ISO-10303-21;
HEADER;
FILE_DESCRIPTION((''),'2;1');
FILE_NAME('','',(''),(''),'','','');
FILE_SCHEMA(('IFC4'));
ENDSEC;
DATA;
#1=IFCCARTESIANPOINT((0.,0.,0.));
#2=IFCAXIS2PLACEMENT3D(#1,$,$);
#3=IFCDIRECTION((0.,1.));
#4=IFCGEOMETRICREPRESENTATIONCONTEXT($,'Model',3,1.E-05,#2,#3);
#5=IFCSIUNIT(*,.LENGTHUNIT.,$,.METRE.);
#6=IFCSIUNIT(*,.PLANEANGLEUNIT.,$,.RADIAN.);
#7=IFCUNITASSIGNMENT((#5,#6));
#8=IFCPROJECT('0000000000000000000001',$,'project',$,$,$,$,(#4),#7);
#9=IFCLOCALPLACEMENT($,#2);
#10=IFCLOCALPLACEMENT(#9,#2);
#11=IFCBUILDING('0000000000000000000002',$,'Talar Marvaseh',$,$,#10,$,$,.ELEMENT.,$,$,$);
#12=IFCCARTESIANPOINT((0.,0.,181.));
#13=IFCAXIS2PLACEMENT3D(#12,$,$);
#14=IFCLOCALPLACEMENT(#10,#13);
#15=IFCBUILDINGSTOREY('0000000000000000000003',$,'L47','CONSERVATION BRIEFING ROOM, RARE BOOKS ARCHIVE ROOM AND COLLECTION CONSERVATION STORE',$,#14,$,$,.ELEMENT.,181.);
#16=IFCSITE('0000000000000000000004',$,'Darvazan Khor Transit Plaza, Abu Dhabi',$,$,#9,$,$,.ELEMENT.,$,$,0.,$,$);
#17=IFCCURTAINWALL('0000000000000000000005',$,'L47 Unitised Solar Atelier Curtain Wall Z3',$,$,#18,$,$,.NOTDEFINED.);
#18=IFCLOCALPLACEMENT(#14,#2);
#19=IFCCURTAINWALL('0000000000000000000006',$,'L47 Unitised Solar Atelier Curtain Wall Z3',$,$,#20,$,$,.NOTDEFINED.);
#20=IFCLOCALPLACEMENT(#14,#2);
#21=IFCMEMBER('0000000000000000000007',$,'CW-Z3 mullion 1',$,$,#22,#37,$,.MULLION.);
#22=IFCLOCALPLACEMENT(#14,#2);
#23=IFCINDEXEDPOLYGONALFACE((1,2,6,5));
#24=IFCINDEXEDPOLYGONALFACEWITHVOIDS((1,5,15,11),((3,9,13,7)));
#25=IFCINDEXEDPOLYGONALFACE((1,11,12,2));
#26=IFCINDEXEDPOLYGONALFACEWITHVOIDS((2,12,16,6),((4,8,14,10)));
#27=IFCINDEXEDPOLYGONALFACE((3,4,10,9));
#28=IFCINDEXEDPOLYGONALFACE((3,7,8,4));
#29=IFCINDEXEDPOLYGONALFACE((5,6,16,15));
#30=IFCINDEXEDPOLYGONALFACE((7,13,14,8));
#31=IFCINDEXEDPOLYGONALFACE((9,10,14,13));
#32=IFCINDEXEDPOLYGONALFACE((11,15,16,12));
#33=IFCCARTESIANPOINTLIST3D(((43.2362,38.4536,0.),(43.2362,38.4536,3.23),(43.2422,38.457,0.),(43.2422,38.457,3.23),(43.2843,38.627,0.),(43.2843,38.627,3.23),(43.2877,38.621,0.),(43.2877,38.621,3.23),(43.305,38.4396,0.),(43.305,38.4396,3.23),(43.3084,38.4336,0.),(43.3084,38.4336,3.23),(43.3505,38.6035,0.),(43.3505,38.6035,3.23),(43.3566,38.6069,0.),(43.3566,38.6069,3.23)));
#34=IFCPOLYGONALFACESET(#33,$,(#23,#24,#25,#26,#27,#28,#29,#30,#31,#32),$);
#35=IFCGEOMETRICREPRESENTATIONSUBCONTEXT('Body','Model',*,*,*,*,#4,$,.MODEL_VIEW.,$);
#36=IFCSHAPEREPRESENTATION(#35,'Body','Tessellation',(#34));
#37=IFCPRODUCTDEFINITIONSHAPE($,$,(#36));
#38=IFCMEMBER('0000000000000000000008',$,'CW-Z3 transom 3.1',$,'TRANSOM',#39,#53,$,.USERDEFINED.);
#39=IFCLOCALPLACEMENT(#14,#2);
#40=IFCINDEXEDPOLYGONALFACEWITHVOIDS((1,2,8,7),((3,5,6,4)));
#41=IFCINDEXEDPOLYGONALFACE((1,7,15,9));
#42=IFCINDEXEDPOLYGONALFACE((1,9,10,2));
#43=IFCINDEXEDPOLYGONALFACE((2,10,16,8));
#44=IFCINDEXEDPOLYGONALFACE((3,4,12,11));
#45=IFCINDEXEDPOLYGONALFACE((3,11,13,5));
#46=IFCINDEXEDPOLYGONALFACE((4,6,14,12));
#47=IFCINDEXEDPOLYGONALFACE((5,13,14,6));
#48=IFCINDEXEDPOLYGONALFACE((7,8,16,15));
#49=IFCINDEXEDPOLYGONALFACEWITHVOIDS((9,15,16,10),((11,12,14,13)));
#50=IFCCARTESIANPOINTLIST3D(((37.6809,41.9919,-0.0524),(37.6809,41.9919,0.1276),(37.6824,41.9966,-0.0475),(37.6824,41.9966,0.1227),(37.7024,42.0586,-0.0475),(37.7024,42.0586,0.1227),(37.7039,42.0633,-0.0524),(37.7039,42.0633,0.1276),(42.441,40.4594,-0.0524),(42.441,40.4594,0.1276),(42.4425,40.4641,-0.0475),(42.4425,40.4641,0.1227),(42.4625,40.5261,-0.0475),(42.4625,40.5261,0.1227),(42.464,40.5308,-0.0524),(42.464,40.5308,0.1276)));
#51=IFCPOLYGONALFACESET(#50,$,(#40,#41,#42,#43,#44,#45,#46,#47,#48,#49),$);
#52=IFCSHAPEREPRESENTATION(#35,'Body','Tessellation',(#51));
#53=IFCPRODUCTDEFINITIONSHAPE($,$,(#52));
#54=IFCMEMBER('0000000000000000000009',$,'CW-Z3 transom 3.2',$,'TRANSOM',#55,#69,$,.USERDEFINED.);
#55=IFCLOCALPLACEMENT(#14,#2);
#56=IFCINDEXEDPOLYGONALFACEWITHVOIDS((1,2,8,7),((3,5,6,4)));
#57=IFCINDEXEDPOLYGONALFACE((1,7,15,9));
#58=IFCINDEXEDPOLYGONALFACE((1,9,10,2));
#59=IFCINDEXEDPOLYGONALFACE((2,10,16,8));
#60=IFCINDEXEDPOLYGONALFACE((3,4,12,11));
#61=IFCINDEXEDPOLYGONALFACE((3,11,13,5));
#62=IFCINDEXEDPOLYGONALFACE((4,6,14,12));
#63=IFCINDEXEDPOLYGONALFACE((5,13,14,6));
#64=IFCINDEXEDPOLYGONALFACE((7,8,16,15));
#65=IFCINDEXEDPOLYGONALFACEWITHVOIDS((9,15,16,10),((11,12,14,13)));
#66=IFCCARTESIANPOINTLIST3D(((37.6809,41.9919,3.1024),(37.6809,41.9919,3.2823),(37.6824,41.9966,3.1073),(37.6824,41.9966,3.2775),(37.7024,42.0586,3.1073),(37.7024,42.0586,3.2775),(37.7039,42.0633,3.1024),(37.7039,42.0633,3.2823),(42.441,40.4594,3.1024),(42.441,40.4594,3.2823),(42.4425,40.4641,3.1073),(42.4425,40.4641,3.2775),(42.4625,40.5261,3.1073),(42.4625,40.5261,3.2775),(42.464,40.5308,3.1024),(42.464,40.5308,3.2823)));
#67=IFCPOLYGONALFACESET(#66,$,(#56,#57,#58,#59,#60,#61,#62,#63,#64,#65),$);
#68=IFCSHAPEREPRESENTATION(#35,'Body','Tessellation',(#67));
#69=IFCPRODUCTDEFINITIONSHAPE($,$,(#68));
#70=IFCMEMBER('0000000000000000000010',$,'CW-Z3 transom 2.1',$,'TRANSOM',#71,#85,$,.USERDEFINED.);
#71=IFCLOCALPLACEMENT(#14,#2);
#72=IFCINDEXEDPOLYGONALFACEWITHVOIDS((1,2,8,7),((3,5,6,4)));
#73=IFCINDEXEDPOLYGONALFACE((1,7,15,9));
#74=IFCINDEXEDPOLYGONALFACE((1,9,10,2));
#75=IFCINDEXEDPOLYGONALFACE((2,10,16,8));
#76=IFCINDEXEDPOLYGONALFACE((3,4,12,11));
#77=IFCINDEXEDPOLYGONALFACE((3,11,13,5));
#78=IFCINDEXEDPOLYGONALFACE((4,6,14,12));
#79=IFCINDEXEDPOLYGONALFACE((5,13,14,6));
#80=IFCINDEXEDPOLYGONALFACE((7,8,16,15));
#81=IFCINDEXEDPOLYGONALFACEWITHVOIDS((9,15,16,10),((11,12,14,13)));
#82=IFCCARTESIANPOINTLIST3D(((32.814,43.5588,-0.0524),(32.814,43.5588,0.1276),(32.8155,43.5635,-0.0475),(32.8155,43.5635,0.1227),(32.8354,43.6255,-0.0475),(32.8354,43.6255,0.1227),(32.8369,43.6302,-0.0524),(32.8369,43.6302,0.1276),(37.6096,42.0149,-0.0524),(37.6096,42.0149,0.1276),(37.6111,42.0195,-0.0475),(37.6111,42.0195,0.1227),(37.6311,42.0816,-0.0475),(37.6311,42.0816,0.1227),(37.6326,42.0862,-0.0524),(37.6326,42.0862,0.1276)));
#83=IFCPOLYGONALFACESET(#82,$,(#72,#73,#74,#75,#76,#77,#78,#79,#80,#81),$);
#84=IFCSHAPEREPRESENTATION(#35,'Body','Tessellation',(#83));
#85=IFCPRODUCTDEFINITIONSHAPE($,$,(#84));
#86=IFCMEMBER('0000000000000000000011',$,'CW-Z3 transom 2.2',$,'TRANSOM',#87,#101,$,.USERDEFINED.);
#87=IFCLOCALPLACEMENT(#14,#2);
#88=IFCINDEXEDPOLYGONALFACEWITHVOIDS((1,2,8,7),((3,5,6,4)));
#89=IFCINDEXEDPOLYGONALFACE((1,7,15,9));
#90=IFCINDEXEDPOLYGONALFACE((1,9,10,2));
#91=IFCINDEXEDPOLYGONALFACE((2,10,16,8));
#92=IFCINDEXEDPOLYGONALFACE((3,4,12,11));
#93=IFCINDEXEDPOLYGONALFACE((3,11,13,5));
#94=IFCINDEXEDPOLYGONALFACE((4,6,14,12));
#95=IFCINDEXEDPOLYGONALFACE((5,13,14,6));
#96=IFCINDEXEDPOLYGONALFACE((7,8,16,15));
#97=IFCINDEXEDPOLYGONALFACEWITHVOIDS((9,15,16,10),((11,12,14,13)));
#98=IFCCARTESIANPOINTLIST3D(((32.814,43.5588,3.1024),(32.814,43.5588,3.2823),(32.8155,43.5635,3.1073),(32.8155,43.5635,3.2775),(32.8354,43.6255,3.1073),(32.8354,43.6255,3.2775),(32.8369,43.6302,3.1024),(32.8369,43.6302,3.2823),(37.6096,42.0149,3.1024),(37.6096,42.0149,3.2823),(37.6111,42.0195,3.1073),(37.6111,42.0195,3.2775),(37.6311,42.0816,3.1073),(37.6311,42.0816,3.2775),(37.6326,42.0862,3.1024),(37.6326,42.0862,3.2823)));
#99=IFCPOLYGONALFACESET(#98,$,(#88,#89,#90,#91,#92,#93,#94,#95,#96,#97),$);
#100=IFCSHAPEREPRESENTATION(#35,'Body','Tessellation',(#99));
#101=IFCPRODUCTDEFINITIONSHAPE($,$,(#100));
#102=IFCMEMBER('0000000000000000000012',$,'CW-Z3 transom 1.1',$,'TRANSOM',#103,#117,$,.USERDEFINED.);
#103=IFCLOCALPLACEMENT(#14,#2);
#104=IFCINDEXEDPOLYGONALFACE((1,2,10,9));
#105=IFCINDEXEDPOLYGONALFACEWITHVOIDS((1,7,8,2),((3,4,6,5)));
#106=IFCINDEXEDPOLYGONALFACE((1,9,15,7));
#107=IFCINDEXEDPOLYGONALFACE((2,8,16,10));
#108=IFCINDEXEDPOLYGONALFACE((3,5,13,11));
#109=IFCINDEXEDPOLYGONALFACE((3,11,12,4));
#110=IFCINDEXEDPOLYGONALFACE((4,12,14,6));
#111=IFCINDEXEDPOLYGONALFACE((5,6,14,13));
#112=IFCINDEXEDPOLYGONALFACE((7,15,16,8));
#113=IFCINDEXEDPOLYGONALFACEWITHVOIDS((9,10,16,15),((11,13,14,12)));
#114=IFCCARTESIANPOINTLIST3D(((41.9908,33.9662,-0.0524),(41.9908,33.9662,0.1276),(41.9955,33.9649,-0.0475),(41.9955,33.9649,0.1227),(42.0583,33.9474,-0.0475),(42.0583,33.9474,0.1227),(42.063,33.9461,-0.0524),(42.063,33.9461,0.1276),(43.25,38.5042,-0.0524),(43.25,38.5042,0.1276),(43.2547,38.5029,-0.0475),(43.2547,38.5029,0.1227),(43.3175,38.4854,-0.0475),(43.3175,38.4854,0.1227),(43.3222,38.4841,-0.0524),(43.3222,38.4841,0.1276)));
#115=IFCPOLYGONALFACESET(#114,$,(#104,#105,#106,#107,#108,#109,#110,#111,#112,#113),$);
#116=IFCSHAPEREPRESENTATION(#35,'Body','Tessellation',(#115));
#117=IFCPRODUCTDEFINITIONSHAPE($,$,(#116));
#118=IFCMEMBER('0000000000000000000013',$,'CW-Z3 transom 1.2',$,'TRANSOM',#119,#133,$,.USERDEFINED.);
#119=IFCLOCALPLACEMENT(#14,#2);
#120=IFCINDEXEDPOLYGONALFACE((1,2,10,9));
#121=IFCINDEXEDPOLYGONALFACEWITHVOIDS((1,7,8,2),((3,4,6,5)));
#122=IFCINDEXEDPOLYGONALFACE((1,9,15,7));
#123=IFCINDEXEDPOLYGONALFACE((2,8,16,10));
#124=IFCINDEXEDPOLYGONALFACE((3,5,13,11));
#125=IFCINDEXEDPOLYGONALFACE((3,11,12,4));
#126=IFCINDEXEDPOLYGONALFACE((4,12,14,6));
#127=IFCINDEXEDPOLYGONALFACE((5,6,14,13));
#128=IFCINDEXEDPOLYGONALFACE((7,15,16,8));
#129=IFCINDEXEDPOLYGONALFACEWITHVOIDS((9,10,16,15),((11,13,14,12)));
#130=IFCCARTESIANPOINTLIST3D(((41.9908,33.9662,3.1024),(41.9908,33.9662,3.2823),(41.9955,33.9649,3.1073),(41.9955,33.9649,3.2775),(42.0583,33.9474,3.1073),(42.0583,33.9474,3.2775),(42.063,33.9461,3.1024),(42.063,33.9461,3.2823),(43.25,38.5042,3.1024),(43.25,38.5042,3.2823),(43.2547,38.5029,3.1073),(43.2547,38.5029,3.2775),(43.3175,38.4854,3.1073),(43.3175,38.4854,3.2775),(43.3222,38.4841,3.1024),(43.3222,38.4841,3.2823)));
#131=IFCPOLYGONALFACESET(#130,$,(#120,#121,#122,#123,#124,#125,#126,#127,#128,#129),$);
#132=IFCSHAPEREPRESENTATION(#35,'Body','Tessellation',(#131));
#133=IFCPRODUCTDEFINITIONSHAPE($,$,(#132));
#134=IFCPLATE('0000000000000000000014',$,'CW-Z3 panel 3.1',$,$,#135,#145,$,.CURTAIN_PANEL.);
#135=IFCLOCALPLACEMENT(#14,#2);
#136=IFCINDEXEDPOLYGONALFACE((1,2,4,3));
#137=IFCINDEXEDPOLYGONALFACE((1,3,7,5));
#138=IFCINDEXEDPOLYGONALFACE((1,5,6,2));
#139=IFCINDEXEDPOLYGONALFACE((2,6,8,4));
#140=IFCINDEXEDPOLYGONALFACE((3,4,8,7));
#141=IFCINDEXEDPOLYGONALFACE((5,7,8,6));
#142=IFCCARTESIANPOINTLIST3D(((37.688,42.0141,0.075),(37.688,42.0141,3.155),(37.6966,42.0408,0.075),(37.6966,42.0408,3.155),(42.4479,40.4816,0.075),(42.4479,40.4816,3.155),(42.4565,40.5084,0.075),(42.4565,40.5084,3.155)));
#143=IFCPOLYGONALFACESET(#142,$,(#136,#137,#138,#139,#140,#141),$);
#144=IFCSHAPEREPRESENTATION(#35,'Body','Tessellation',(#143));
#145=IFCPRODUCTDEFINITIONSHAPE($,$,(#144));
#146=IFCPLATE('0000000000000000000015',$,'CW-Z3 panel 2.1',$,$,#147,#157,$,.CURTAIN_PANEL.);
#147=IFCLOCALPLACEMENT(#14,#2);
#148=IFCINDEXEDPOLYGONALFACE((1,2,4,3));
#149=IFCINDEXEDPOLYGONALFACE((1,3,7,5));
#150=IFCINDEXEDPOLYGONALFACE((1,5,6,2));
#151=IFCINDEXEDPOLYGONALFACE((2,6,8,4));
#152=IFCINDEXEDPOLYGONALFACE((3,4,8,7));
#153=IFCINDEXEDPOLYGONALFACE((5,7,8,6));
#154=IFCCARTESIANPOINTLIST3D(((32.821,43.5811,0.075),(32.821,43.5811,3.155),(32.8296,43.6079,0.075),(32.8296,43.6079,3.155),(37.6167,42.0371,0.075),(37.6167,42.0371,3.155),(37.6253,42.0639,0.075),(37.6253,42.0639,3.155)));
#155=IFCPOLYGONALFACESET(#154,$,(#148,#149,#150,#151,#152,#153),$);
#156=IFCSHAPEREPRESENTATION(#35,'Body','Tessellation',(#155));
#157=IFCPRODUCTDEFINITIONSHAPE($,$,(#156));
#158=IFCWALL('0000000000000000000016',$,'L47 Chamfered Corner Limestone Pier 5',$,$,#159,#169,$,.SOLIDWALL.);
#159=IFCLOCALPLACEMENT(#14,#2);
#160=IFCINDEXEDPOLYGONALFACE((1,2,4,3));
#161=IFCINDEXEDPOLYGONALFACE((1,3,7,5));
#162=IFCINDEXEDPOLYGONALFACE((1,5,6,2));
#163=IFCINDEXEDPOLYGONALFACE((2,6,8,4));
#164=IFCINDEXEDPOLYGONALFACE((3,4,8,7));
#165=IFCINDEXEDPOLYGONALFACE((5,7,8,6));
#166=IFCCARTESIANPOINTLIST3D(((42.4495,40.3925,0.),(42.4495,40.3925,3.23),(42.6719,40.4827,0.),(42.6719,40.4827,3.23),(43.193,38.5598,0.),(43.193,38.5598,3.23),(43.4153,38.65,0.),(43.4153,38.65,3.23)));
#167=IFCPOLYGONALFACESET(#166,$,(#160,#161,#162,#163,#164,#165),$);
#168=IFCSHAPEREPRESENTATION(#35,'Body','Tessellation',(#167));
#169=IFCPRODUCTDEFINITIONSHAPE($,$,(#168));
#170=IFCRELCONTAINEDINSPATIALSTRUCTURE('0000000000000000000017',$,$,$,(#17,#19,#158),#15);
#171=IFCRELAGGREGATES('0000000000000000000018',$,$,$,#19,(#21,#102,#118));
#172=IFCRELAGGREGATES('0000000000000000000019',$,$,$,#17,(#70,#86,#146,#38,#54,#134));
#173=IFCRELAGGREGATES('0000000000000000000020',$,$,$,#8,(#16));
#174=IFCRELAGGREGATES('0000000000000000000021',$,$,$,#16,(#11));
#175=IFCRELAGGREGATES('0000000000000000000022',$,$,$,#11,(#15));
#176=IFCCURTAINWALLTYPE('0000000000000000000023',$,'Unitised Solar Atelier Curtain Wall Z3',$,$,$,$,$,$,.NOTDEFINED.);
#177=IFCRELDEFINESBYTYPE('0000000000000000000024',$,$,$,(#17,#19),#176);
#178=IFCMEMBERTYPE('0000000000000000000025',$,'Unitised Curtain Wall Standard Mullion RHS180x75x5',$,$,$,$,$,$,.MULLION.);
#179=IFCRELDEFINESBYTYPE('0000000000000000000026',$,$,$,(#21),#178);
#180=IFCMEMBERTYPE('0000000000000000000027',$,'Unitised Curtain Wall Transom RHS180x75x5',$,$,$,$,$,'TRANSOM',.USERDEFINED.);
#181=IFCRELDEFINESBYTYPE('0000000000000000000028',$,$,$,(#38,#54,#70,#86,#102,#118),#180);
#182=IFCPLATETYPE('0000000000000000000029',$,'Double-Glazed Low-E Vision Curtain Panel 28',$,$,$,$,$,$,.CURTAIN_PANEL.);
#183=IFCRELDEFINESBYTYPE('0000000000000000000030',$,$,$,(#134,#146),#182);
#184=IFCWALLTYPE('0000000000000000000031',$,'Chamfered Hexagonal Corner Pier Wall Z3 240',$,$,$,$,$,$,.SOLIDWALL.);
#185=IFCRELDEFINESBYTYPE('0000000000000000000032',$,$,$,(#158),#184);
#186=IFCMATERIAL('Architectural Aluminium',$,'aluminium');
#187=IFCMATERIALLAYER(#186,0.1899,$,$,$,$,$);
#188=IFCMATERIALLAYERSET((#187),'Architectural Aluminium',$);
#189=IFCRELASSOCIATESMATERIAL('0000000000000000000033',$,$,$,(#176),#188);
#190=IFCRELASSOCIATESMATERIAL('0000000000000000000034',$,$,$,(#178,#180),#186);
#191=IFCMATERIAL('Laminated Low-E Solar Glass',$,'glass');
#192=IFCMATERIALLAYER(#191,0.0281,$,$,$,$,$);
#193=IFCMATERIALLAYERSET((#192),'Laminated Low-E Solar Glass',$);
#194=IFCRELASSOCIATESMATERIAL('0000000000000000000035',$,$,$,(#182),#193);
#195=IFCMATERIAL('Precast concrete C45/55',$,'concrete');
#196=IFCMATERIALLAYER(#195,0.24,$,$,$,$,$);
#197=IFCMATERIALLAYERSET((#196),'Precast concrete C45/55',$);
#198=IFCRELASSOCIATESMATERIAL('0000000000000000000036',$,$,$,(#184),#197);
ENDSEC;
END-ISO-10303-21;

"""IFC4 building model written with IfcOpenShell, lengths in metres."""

from ifc_helpers import new_model, si_unit, direction, frame, frame_2d, origin, origin_2d, place, context, subcontext, project, spatial, rectangle, hollow_rectangle, extrude, source, transform, mapped, material, layer, layer_set, material_profile, profile_set, type_object, type_shapes, element, aggregate, save


model = new_model("IFC4")

# Units and contexts
model_context = context("Model", 3, precision=1e-05, world=origin(), true_north=direction((0.0, 1.0)))
body_context = subcontext(model_context, "Body", "Model", "MODEL_VIEW")
ifc_project = project(units=[si_unit("LENGTHUNIT", "METRE"), si_unit("PLANEANGLEUNIT", "RADIAN")], contexts=[model_context])

# Site, building, storey
site_placement = place(None, origin())
site = spatial("IfcSite", under=ifc_project, at=site_placement, Name="Darvazan Khor Transit Plaza, Abu Dhabi", CompositionType="ELEMENT", RefElevation=0.0)
building_placement = place(site_placement, origin())
building = spatial("IfcBuilding", under=site, at=building_placement, Name="Talar Marvaseh", CompositionType="ELEMENT")
storey_placement = place(building_placement, frame((0.0, 0.0, 181.0)))
storey = spatial("IfcBuildingStorey", under=building, at=storey_placement, Name="L47", Description="CONSERVATION BRIEFING ROOM, RARE BOOKS ARCHIVE ROOM AND COLLECTION CONSERVATION STORE", CompositionType="ELEMENT", Elevation=181.0)

# Curtain wall
ifc_material_1 = material(Name="Architectural Aluminium", Category="aluminium")
ifc_layer_1 = layer(ifc_material_1, 0.1899)
ifc_layer_set_1 = layer_set([ifc_layer_1], Name="Architectural Aluminium")
curtain_wall_type = type_object("IfcCurtainWallType", Name="Unitised Solar Atelier Curtain Wall Z3", PredefinedType="NOTDEFINED", material=ifc_layer_set_1)
curtain_wall_1_placement = place(storey_placement, origin())
curtain_wall_1 = element("IfcCurtainWall", 1, at=curtain_wall_1_placement, inside=storey, type_object=curtain_wall_type, Name="L47 Unitised Solar Atelier Curtain Wall Z3", PredefinedType="NOTDEFINED")
ifc_material_profile_1 = material_profile(ifc_material_1, hollow_rectangle(XDim=0.075, YDim=0.1799, WallThickness=0.0049, at=origin_2d()), Name="RHS180x75x5")
ifc_profile_set_1 = profile_set([ifc_material_profile_1], Name="Architectural Aluminium")
member_type_1 = type_object("IfcMemberType", Name="Unitised Curtain Wall Standard Mullion RHS180x75x5", PredefinedType="MULLION", material=ifc_profile_set_1)
shared_shape_1 = source(origin(), body_context, "Body", "SweptSolid", [
    extrude(hollow_rectangle(XDim=0.075, YDim=0.1799, WallThickness=0.0049, at=origin_2d()), origin(), (0.0, 0.0, 1.0), 3.23),
])
type_shapes(member_type_1, [shared_shape_1])

# Curtain wall, member
curtain_wall_2_placement = place(storey_placement, origin())
curtain_wall_2 = element("IfcCurtainWall", 2, at=curtain_wall_2_placement, inside=storey, type_object=curtain_wall_type, Name="L47 Unitised Solar Atelier Curtain Wall Z3", PredefinedType="NOTDEFINED")
member_1_placement = place(storey_placement, frame((43.2964, 38.5303, 0.0), z_axis=(0.0, 0.0, 1.0), x_axis=(0.963589, -0.267386, 0.0)))
member_1 = element("IfcMember", 3, at=member_1_placement, type_object=member_type_1, Name="CW-Z3 mullion 1", PredefinedType="MULLION", context=body_context, shape_type="MappedRepresentation", body=[
    mapped(shared_shape_1, transform((0.0, 0.0, 0.0), x_axis=(1.0, 0.0, 0.0), y_axis=(0.0, 1.0, 0.0), z_axis=(0.0, 0.0, 1.0), scale=1.0)),
])

# Members
ifc_material_profile_2 = material_profile(ifc_material_1, hollow_rectangle(XDim=0.075, YDim=0.1799, WallThickness=0.0049, at=origin_2d()), Name="RHS180x75x5")
ifc_profile_set_2 = profile_set([ifc_material_profile_2], Name="Architectural Aluminium")
member_type_2 = type_object("IfcMemberType", Name="Unitised Curtain Wall Transom RHS180x75x5", ElementType="TRANSOM", PredefinedType="USERDEFINED", material=ifc_profile_set_2)
shared_shape_2 = source(origin(), body_context, "Body", "SweptSolid", [
    extrude(hollow_rectangle(XDim=0.075, YDim=0.1799, WallThickness=0.0049, at=origin_2d()), origin(), (0.0, 0.0, 1.0), 5.0007),
])
member_2_placement = place(storey_placement, frame((37.6924, 42.0276, 0.0376), z_axis=(0.951885, -0.306456, 0.0), x_axis=(0.306456, 0.951885, 0.0)))
member_2 = element("IfcMember", 4, at=member_2_placement, type_object=member_type_2, Name="CW-Z3 transom 3.1", ObjectType="TRANSOM", PredefinedType="USERDEFINED", context=body_context, shape_type="MappedRepresentation", body=[
    mapped(shared_shape_2, transform((0.0, 0.0, 0.0), x_axis=(1.0, 0.0, 0.0), y_axis=(0.0, 1.0, 0.0), z_axis=(0.0, 0.0, 1.0), scale=1.0)),
])
member_3_placement = place(storey_placement, frame((37.6924, 42.0276, 3.1924), z_axis=(0.951885, -0.306456, 0.0), x_axis=(0.306456, 0.951885, 0.0)))
member_3 = element("IfcMember", 5, at=member_3_placement, type_object=member_type_2, Name="CW-Z3 transom 3.2", ObjectType="TRANSOM", PredefinedType="USERDEFINED", context=body_context, shape_type="MappedRepresentation", body=[
    mapped(shared_shape_2, transform((0.0, 0.0, 0.0), x_axis=(1.0, 0.0, 0.0), y_axis=(0.0, 1.0, 0.0), z_axis=(0.0, 0.0, 1.0), scale=1.0)),
])
shared_shape_3 = source(origin(), body_context, "Body", "SweptSolid", [
    extrude(hollow_rectangle(XDim=0.075, YDim=0.1799, WallThickness=0.0049, at=origin_2d()), origin(), (0.0, 0.0, 1.0), 5.0381),
])
member_4_placement = place(storey_placement, frame((32.8254, 43.5945, 0.0376), z_axis=(0.951885, -0.306456, 0.0), x_axis=(0.306456, 0.951885, 0.0)))
member_4 = element("IfcMember", 6, at=member_4_placement, type_object=member_type_2, Name="CW-Z3 transom 2.1", ObjectType="TRANSOM", PredefinedType="USERDEFINED", context=body_context, shape_type="MappedRepresentation", body=[
    mapped(shared_shape_3, transform((0.0, 0.0, 0.0), x_axis=(1.0, 0.0, 0.0), y_axis=(0.0, 1.0, 0.0), z_axis=(0.0, 0.0, 1.0), scale=1.0)),
])
member_5_placement = place(storey_placement, frame((32.8254, 43.5945, 3.1924), z_axis=(0.951885, -0.306456, 0.0), x_axis=(0.306456, 0.951885, 0.0)))
member_5 = element("IfcMember", 7, at=member_5_placement, type_object=member_type_2, Name="CW-Z3 transom 2.2", ObjectType="TRANSOM", PredefinedType="USERDEFINED", context=body_context, shape_type="MappedRepresentation", body=[
    mapped(shared_shape_3, transform((0.0, 0.0, 0.0), x_axis=(1.0, 0.0, 0.0), y_axis=(0.0, 1.0, 0.0), z_axis=(0.0, 0.0, 1.0), scale=1.0)),
])
shared_shape_4 = source(origin(), body_context, "Body", "SweptSolid", [
    extrude(hollow_rectangle(XDim=0.075, YDim=0.1799, WallThickness=0.0049, at=origin_2d()), origin(), (0.0, 0.0, 1.0), 4.7095),
])
type_shapes(member_type_2, [shared_shape_2, shared_shape_3, shared_shape_4])
member_6_placement = place(storey_placement, frame((43.2861, 38.4941, 0.0376), z_axis=(-0.267387, -0.963589, 0.0), x_axis=(0.963589, -0.267387, 0.0)))
member_6 = element("IfcMember", 8, at=member_6_placement, type_object=member_type_2, Name="CW-Z3 transom 1.1", ObjectType="TRANSOM", PredefinedType="USERDEFINED", context=body_context, shape_type="MappedRepresentation", body=[
    mapped(shared_shape_4, transform((0.0, 0.0, 0.0), x_axis=(1.0, 0.0, 0.0), y_axis=(0.0, 1.0, 0.0), z_axis=(0.0, 0.0, 1.0), scale=1.0)),
])
member_7_placement = place(storey_placement, frame((43.2861, 38.4941, 3.1924), z_axis=(-0.267387, -0.963589, 0.0), x_axis=(0.963589, -0.267387, 0.0)))
member_7 = element("IfcMember", 9, at=member_7_placement, type_object=member_type_2, Name="CW-Z3 transom 1.2", ObjectType="TRANSOM", PredefinedType="USERDEFINED", context=body_context, shape_type="MappedRepresentation", body=[
    mapped(shared_shape_4, transform((0.0, 0.0, 0.0), x_axis=(1.0, 0.0, 0.0), y_axis=(0.0, 1.0, 0.0), z_axis=(0.0, 0.0, 1.0), scale=1.0)),
])
aggregate(curtain_wall_2, [member_1, member_6, member_7])

# Plates
ifc_material_2 = material(Name="Laminated Low-E Solar Glass", Category="glass")
ifc_layer_2 = layer(ifc_material_2, 0.0281)
ifc_layer_set_2 = layer_set([ifc_layer_2], Name="Laminated Low-E Solar Glass")
plate_type = type_object("IfcPlateType", Name="Double-Glazed Low-E Vision Curtain Panel 28", PredefinedType="CURTAIN_PANEL", material=ifc_layer_set_2)
shared_shape_5 = source(origin(), body_context, "Body", "SweptSolid", [
    extrude(rectangle(XDim=5.0005, YDim=0.0281, at=origin_2d()), origin(), (0.0, 0.0, 1.0), 3.0801),
])
plate_1_placement = place(storey_placement, frame((40.0723, 41.2612, 0.075), z_axis=(0.0, 0.0, 1.0), x_axis=(0.951882, -0.306465, 0.0)))
plate_1 = element("IfcPlate", 10, at=plate_1_placement, type_object=plate_type, Name="CW-Z3 panel 3.1", PredefinedType="CURTAIN_PANEL", context=body_context, shape_type="MappedRepresentation", body=[
    mapped(shared_shape_5, transform((0.0, 0.0, 0.0), x_axis=(1.0, 0.0, 0.0), y_axis=(0.0, 1.0, 0.0), z_axis=(0.0, 0.0, 1.0), scale=1.0)),
])
shared_shape_6 = source(origin(), body_context, "Body", "SweptSolid", [
    extrude(rectangle(XDim=5.0381, YDim=0.0281, at=origin_2d()), origin(), (0.0, 0.0, 1.0), 3.0801),
])
type_shapes(plate_type, [shared_shape_5, shared_shape_6])
plate_2_placement = place(storey_placement, frame((35.2231, 42.8225, 0.075), z_axis=(0.0, 0.0, 1.0), x_axis=(0.951882, -0.306465, 0.0)))
plate_2 = element("IfcPlate", 11, at=plate_2_placement, type_object=plate_type, Name="CW-Z3 panel 2.1", PredefinedType="CURTAIN_PANEL", context=body_context, shape_type="MappedRepresentation", body=[
    mapped(shared_shape_6, transform((0.0, 0.0, 0.0), x_axis=(1.0, 0.0, 0.0), y_axis=(0.0, 1.0, 0.0), z_axis=(0.0, 0.0, 1.0), scale=1.0)),
])
aggregate(curtain_wall_1, [member_4, member_5, plate_2, member_2, member_3, plate_1])

# Wall
ifc_material_3 = material(Name="Precast concrete C45/55", Category="concrete")
ifc_layer_3 = layer(ifc_material_3, 0.24)
ifc_layer_set_3 = layer_set([ifc_layer_3], Name="Precast concrete C45/55")
wall_type_1 = type_object("IfcWallType", Name="Chamfered Hexagonal Corner Pier Wall Z3 240", PredefinedType="SOLIDWALL", material=ifc_layer_set_3)
wall_1_placement = place(storey_placement, frame((42.5608, 40.4375, 0.0), z_axis=(0.0, 0.0, 1.0), x_axis=(0.375877, -0.92667, 0.0)))
element("IfcWall", 12, at=wall_1_placement, inside=storey, type_object=wall_type_1, Name="L47 Chamfered Corner Limestone Pier 5", PredefinedType="SOLIDWALL", context=body_context, shape_type="SweptSolid", body=[
    extrude(rectangle(XDim=1.9778, YDim=0.24, at=frame_2d((0.9888, 0.0))), origin(), (0.0, 0.0, 1.0), 3.23),
])

save(model, "model.ifc")
